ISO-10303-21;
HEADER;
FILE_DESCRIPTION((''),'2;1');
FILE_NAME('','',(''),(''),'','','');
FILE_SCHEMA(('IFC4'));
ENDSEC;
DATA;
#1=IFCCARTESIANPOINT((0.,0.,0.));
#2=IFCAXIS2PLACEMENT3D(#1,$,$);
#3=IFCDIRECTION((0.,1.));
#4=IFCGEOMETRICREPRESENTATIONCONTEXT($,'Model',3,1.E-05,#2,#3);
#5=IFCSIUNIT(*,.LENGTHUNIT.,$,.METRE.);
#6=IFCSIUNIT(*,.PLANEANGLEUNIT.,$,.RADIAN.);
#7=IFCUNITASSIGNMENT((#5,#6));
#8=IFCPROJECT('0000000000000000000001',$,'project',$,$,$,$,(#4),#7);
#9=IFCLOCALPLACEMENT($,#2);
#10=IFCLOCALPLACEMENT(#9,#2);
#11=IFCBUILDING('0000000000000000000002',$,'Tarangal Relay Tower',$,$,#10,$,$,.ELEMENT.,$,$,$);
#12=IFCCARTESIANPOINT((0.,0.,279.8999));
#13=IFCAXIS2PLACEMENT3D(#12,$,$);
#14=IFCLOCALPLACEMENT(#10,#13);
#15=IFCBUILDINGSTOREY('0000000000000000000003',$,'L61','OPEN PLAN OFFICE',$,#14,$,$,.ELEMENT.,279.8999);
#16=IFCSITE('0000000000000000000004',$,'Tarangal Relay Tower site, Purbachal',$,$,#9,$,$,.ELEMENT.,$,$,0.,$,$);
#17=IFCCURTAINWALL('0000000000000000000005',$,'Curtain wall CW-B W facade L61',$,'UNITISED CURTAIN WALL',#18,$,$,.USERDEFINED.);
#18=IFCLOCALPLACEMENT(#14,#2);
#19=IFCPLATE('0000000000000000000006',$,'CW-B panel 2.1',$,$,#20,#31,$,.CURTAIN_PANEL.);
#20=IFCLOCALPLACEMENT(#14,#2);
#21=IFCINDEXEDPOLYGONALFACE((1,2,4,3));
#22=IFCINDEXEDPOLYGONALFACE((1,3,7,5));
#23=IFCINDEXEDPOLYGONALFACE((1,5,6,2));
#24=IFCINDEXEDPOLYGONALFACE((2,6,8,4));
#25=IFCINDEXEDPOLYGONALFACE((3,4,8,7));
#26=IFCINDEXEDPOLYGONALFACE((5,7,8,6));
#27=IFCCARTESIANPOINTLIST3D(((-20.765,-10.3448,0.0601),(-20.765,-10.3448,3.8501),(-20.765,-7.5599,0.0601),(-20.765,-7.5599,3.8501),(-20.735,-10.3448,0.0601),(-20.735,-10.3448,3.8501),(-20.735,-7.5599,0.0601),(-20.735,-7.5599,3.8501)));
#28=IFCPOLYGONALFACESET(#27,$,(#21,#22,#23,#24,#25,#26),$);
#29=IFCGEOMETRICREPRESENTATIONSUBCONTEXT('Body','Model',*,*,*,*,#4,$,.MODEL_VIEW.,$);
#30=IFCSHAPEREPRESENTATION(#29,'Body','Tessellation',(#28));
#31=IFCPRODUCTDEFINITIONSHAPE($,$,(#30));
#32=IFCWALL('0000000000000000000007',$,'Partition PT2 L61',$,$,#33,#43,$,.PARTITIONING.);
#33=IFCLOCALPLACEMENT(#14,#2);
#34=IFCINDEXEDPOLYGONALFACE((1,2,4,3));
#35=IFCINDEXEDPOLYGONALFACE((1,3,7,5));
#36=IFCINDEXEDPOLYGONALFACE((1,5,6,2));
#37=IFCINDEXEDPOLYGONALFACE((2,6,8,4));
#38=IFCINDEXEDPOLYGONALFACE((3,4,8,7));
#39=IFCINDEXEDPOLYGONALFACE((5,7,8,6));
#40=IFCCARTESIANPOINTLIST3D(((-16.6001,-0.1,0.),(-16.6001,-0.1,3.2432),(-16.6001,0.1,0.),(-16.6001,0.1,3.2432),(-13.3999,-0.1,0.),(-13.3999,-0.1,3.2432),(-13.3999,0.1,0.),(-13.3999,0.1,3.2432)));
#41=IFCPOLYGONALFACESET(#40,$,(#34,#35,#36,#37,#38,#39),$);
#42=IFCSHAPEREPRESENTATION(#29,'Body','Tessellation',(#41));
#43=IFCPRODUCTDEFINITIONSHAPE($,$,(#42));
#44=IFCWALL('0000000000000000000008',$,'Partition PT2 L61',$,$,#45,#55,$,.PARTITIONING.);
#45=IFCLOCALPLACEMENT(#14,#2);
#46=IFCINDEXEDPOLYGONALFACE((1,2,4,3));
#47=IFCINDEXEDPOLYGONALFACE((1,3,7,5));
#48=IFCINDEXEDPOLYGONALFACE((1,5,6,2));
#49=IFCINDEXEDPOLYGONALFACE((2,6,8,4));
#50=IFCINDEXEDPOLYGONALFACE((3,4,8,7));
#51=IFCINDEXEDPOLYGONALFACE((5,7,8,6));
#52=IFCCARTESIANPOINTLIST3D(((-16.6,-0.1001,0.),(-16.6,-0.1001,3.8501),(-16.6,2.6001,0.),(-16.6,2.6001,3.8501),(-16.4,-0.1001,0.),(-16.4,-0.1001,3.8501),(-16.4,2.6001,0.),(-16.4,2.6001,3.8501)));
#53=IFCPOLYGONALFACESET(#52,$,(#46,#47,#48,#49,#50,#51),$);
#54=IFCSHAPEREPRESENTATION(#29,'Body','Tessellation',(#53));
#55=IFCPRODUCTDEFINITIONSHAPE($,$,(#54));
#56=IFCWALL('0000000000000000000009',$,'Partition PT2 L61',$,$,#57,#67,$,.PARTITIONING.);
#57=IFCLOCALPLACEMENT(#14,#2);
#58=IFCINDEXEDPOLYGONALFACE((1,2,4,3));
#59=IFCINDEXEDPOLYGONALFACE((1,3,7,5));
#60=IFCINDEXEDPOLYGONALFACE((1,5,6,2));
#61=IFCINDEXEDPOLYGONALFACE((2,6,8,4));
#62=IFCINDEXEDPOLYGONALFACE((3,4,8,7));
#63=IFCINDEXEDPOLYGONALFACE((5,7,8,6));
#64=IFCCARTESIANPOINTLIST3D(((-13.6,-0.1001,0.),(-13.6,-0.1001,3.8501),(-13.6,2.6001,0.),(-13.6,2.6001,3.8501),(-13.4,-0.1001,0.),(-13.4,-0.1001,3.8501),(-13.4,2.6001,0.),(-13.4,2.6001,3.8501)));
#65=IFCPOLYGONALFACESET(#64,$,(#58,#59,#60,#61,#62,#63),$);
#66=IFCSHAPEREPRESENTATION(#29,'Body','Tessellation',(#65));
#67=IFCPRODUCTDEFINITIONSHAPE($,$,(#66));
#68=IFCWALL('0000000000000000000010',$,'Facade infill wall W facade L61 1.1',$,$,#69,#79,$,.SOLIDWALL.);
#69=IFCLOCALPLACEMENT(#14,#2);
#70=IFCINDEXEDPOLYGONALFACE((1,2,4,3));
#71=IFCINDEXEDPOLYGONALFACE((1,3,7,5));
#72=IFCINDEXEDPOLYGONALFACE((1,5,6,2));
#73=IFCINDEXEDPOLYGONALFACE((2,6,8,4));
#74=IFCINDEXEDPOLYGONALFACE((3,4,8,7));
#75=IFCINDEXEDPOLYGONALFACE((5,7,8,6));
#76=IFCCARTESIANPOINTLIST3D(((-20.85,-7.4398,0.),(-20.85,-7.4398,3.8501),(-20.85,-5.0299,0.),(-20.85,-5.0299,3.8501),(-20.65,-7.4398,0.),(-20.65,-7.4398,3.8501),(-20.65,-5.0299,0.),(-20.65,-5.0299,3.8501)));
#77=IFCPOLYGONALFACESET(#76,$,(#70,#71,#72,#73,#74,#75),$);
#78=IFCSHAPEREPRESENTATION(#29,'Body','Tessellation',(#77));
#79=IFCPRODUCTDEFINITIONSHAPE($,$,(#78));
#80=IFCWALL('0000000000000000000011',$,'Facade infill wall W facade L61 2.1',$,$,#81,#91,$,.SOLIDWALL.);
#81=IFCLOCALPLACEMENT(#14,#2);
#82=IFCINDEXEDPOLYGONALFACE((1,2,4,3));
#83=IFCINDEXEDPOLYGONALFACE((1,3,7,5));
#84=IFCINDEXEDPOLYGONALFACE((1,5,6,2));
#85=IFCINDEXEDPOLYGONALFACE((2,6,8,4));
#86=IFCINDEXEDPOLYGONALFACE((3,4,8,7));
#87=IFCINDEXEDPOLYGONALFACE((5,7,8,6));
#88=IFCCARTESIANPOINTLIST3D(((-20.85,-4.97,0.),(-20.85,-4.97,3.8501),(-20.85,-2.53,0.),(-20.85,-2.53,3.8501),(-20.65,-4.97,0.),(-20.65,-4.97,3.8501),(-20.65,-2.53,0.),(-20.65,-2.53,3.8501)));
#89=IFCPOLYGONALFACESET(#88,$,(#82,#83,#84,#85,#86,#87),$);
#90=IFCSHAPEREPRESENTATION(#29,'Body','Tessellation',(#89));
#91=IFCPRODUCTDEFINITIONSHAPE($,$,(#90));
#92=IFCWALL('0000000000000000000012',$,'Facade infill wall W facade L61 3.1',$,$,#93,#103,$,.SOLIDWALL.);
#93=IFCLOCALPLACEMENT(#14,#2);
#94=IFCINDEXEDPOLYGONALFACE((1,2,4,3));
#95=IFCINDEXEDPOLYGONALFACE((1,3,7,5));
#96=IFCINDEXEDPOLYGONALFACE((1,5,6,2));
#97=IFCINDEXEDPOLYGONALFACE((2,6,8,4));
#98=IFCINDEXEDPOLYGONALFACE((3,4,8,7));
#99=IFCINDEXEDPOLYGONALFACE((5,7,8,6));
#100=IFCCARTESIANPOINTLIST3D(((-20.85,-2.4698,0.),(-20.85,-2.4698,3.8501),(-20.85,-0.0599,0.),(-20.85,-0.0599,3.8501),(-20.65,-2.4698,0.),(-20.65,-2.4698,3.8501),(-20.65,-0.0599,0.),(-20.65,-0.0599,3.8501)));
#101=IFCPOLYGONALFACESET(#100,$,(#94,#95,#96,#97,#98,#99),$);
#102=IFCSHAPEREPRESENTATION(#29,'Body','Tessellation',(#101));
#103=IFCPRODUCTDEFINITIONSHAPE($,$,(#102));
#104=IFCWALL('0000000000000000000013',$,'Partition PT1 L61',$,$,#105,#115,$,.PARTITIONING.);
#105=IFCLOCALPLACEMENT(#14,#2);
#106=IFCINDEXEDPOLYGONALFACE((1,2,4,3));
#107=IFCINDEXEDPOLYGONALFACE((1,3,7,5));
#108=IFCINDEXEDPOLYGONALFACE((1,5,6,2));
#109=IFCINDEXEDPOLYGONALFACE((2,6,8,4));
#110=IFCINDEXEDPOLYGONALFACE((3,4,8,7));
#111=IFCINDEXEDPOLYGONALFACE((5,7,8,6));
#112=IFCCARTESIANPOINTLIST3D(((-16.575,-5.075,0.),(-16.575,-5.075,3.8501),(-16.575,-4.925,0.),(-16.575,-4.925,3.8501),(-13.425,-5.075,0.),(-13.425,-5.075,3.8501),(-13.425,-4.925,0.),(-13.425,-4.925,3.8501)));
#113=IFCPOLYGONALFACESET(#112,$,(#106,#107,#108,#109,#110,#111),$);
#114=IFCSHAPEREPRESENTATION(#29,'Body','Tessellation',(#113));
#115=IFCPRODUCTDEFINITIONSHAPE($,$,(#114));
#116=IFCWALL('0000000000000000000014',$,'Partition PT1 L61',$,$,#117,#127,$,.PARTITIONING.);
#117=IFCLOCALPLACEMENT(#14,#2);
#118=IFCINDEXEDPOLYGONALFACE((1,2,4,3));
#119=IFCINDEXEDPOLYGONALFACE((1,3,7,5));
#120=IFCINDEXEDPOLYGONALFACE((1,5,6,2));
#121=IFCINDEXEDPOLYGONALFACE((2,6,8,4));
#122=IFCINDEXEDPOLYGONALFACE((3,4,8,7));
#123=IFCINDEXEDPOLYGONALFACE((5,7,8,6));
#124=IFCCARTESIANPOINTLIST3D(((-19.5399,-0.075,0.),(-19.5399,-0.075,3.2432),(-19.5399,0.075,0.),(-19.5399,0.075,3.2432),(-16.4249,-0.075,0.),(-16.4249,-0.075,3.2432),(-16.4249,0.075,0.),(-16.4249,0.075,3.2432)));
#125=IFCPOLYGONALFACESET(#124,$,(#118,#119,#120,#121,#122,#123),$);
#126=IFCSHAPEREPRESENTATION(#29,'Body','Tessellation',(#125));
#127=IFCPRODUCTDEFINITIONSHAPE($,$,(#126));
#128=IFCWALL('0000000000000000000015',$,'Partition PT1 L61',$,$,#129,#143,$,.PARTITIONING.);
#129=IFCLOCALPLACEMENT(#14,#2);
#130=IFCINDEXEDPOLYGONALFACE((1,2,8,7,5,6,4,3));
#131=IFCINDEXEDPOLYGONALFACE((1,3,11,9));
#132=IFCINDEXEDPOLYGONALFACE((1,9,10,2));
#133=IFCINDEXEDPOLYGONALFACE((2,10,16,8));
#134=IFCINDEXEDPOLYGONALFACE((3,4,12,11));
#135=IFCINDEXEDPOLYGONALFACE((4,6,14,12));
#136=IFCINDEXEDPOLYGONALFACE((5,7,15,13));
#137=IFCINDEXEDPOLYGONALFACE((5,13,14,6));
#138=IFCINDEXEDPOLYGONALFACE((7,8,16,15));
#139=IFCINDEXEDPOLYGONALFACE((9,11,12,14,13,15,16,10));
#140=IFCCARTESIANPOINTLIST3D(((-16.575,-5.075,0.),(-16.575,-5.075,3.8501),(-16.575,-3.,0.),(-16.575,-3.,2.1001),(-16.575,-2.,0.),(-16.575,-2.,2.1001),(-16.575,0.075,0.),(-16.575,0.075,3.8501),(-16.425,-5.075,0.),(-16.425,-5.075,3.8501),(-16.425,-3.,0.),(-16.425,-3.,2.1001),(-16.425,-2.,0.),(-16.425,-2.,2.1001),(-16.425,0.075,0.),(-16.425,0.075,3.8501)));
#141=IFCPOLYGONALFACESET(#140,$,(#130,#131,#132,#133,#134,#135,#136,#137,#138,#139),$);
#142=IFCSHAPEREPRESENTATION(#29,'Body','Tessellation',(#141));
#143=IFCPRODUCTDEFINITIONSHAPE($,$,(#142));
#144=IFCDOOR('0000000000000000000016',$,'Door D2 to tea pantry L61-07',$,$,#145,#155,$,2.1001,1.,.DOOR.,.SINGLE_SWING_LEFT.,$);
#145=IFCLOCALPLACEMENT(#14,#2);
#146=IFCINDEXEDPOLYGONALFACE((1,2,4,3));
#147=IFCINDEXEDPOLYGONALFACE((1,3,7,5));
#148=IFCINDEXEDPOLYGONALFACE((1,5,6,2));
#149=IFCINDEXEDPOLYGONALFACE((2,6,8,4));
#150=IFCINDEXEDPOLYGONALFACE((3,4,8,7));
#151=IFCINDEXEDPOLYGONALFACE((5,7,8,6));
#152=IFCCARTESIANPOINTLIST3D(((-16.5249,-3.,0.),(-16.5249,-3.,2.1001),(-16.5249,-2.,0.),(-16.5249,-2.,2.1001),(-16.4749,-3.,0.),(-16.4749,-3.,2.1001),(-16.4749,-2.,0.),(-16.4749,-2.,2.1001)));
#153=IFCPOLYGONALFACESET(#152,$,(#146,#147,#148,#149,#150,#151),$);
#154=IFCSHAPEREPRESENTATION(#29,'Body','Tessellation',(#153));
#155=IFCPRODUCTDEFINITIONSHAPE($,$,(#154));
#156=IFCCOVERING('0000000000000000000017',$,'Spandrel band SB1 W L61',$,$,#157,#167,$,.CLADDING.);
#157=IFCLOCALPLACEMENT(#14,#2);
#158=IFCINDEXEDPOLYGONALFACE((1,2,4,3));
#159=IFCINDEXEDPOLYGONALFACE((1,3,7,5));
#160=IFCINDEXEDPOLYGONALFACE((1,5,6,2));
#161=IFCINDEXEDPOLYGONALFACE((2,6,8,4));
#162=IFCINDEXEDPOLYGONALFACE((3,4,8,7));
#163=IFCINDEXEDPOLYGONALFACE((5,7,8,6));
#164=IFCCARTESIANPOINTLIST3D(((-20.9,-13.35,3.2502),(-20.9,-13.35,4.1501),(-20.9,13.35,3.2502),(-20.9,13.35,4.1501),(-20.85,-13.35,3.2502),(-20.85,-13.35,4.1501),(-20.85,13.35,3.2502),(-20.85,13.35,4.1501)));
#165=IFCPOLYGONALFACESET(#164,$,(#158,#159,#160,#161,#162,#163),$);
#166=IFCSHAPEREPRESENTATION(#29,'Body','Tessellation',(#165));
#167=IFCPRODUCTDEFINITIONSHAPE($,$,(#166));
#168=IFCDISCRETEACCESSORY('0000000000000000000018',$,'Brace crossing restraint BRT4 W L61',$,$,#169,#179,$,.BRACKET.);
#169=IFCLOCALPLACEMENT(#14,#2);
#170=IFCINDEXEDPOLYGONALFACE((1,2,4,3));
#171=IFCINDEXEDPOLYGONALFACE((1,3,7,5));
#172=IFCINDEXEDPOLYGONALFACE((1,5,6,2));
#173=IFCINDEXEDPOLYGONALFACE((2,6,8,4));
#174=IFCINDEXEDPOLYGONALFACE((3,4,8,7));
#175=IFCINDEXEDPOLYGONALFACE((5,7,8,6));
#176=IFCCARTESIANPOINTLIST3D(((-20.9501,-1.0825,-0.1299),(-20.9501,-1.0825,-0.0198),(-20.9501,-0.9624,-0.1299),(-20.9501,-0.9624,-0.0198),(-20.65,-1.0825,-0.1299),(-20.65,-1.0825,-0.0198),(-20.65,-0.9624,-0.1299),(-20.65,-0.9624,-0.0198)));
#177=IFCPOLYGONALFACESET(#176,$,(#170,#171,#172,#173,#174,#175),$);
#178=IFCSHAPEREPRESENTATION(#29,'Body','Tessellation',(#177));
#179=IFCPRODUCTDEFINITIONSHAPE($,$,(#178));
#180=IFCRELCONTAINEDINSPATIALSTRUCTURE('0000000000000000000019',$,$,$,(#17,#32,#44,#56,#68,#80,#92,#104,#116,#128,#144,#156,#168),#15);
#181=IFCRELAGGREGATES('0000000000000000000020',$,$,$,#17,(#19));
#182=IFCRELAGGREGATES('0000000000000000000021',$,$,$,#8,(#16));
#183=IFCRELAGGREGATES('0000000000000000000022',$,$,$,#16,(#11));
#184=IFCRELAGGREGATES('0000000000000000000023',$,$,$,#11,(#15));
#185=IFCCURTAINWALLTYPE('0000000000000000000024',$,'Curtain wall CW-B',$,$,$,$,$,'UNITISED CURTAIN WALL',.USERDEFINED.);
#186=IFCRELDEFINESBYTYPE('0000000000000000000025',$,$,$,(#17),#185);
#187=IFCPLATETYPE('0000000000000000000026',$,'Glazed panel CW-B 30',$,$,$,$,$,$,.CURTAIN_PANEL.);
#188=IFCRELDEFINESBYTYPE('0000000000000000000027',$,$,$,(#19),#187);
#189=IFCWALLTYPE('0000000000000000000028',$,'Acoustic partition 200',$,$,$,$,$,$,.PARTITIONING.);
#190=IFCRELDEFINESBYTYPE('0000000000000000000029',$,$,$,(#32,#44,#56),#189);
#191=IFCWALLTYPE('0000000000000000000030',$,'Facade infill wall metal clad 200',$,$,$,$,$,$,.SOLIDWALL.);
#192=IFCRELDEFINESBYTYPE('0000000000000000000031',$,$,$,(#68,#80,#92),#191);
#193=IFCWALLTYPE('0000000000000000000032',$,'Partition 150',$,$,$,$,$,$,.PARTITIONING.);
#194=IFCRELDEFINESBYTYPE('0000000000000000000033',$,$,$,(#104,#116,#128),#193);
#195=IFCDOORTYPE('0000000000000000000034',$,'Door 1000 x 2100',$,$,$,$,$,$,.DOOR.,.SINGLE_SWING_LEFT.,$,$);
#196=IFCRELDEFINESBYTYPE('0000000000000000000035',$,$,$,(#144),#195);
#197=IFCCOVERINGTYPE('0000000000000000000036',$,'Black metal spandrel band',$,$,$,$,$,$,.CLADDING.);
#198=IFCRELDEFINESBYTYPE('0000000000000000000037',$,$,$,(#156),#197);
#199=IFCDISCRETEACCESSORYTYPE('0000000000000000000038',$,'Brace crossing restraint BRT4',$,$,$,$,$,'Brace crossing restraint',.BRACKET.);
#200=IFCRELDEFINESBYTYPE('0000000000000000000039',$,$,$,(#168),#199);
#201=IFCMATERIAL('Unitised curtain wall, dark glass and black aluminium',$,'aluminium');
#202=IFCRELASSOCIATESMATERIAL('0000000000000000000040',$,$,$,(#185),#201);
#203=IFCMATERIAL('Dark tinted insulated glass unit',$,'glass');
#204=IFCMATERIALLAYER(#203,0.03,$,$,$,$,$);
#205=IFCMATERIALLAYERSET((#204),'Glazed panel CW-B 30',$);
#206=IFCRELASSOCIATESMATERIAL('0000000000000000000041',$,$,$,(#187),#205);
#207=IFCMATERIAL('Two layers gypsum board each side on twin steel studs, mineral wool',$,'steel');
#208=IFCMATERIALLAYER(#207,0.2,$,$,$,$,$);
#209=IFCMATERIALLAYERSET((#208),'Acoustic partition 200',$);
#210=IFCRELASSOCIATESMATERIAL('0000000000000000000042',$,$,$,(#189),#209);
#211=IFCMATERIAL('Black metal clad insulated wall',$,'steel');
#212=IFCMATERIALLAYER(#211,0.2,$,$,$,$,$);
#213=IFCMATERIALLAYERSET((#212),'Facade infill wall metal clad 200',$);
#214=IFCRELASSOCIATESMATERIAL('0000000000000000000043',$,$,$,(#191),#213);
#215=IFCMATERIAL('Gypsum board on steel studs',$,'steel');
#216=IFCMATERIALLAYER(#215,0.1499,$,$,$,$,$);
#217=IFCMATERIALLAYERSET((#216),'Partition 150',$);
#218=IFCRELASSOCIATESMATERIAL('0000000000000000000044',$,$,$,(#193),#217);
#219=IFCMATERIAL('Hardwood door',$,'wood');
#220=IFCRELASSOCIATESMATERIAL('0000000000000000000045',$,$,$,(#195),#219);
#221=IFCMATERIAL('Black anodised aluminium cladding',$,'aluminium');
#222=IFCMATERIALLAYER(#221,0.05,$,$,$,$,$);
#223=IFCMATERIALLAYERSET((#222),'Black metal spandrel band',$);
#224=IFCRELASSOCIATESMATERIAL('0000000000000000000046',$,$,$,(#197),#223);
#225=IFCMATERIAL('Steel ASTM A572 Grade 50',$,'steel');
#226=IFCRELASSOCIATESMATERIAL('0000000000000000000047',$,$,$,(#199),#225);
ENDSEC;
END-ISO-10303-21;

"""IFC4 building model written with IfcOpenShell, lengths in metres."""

from ifc_helpers import new_model, si_unit, direction, frame, frame_2d, origin, origin_2d, place, context, subcontext, project, spatial, rectangle, extrude, material, layer, layer_set, type_object, element, fill, aggregate, save


model = new_model("IFC4")

# Units and contexts
model_context = context("Model", 3, precision=1e-05, world=origin(), true_north=direction((0.0, 1.0)))
body_context = subcontext(model_context, "Body", "Model", "MODEL_VIEW")
ifc_project = project(units=[si_unit("LENGTHUNIT", "METRE"), si_unit("PLANEANGLEUNIT", "RADIAN")], contexts=[model_context])

# Site, building, storey
site_placement = place(None, origin())
site = spatial("IfcSite", under=ifc_project, at=site_placement, Name="Tarangal Relay Tower site, Purbachal", CompositionType="ELEMENT", RefElevation=0.0)
building_placement = place(site_placement, origin())
building = spatial("IfcBuilding", under=site, at=building_placement, Name="Tarangal Relay Tower", CompositionType="ELEMENT")
storey_placement = place(building_placement, frame((0.0, 0.0, 279.8999)))
storey = spatial("IfcBuildingStorey", under=building, at=storey_placement, Name="L61", Description="OPEN PLAN OFFICE", CompositionType="ELEMENT", Elevation=279.8999)

# Shared definitions
ifc_material_1 = material(Name="Steel ASTM A572 Grade 50", Category="steel")

# Curtain wall
ifc_material_2 = material(Name="Unitised curtain wall, dark glass and black aluminium", Category="aluminium")
curtain_wall_type_1 = type_object("IfcCurtainWallType", Name="Curtain wall CW-B", ElementType="UNITISED CURTAIN WALL", PredefinedType="USERDEFINED", material=ifc_material_2)
curtain_wall_1_placement = place(storey_placement, origin())
curtain_wall_1 = element("IfcCurtainWall", 1, at=curtain_wall_1_placement, inside=storey, type_object=curtain_wall_type_1, Name="Curtain wall CW-B W facade L61", ObjectType="UNITISED CURTAIN WALL", PredefinedType="USERDEFINED")

# Plate
ifc_material_3 = material(Name="Dark tinted insulated glass unit", Category="glass")
ifc_layer_1 = layer(ifc_material_3, 0.03)
ifc_layer_set_1 = layer_set([ifc_layer_1], Name="Glazed panel CW-B 30")
plate_type = type_object("IfcPlateType", Name="Glazed panel CW-B 30", PredefinedType="CURTAIN_PANEL", material=ifc_layer_set_1)
plate_placement = place(storey_placement, frame((-20.75, -8.9524, 0.0601), z_axis=(0.0, 0.0, 1.0), x_axis=(0.0, 1.0, 0.0)))
plate = element("IfcPlate", 2, at=plate_placement, type_object=plate_type, Name="CW-B panel 2.1", PredefinedType="CURTAIN_PANEL", context=body_context, shape_type="SweptSolid", body=[
    extrude(rectangle(XDim=2.7849, YDim=0.03, at=origin_2d()), origin(), (0.0, 0.0, 1.0), 3.79),
])
aggregate(curtain_wall_1, [plate])

# Walls
ifc_material_4 = material(Name="Two layers gypsum board each side on twin steel studs, mineral wool", Category="steel")
ifc_layer_2 = layer(ifc_material_4, 0.2)
ifc_layer_set_2 = layer_set([ifc_layer_2], Name="Acoustic partition 200")
wall_type_1 = type_object("IfcWallType", Name="Acoustic partition 200", PredefinedType="PARTITIONING", material=ifc_layer_set_2)
wall_1_placement = place(storey_placement, frame((-16.6001, 0.0, 0.0), z_axis=(0.0, 0.0, 1.0), x_axis=(1.0, 0.0, 0.0)))
element("IfcWall", 3, at=wall_1_placement, inside=storey, type_object=wall_type_1, Name="Partition PT2 L61", PredefinedType="PARTITIONING", context=body_context, shape_type="SweptSolid", body=[
    extrude(rectangle(XDim=3.2002, YDim=0.2, at=frame_2d((1.6001, 0.0))), origin(), (0.0, 0.0, 1.0), 3.2432),
])
for number, where, z_axis, x_axis, name in (
    (4, (-16.5, -0.1001, 0.0), (0.0, 0.0, 1.0), (0.0, 1.0, 0.0), "Partition PT2 L61"),
    (5, (-13.5, -0.1001, 0.0), (0.0, 0.0, 1.0), (0.0, 1.0, 0.0), "Partition PT2 L61"),
):
    element("IfcWall", number, at=place(storey_placement, frame(where, z_axis=z_axis, x_axis=x_axis)), inside=storey, type_object=wall_type_1, Name=name, PredefinedType="PARTITIONING", context=body_context, shape_type="SweptSolid", body=[
        extrude(rectangle(XDim=2.7002, YDim=0.2, at=frame_2d((1.3501, 0.0))), origin(), (0.0, 0.0, 1.0), 3.8501),
    ])
ifc_material_5 = material(Name="Black metal clad insulated wall", Category="steel")
ifc_layer_3 = layer(ifc_material_5, 0.2)
ifc_layer_set_3 = layer_set([ifc_layer_3], Name="Facade infill wall metal clad 200")
wall_type_2 = type_object("IfcWallType", Name="Facade infill wall metal clad 200", PredefinedType="SOLIDWALL", material=ifc_layer_set_3)
wall_2_placement = place(storey_placement, frame((-20.75, -7.4399, 0.0), z_axis=(0.0, 0.0, 1.0), x_axis=(0.0, 1.0, 0.0)))
element("IfcWall", 6, at=wall_2_placement, inside=storey, type_object=wall_type_2, Name="Facade infill wall W facade L61 1.1", PredefinedType="SOLIDWALL", context=body_context, shape_type="SweptSolid", body=[
    extrude(rectangle(XDim=2.4099, YDim=0.2, at=frame_2d((1.2051, 0.0))), origin(), (0.0, 0.0, 1.0), 3.8501),
])
wall_3_placement = place(storey_placement, frame((-20.75, -4.97, 0.0), z_axis=(0.0, 0.0, 1.0), x_axis=(0.0, 1.0, 0.0)))
element("IfcWall", 7, at=wall_3_placement, inside=storey, type_object=wall_type_2, Name="Facade infill wall W facade L61 2.1", PredefinedType="SOLIDWALL", context=body_context, shape_type="SweptSolid", body=[
    extrude(rectangle(XDim=2.4399, YDim=0.2, at=frame_2d((1.22, 0.0))), origin(), (0.0, 0.0, 1.0), 3.8501),
])
wall_4_placement = place(storey_placement, frame((-20.75, -2.47, 0.0), z_axis=(0.0, 0.0, 1.0), x_axis=(0.0, 1.0, 0.0)))
element("IfcWall", 8, at=wall_4_placement, inside=storey, type_object=wall_type_2, Name="Facade infill wall W facade L61 3.1", PredefinedType="SOLIDWALL", context=body_context, shape_type="SweptSolid", body=[
    extrude(rectangle(XDim=2.4099, YDim=0.2, at=frame_2d((1.2051, 0.0))), origin(), (0.0, 0.0, 1.0), 3.8501),
])
ifc_material_6 = material(Name="Gypsum board on steel studs", Category="steel")
ifc_layer_4 = layer(ifc_material_6, 0.1499)
ifc_layer_set_4 = layer_set([ifc_layer_4], Name="Partition 150")
wall_type_3 = type_object("IfcWallType", Name="Partition 150", PredefinedType="PARTITIONING", material=ifc_layer_set_4)
wall_5_placement = place(storey_placement, frame((-16.575, -5.0, 0.0), z_axis=(0.0, 0.0, 1.0), x_axis=(1.0, 0.0, 0.0)))
element("IfcWall", 9, at=wall_5_placement, inside=storey, type_object=wall_type_3, Name="Partition PT1 L61", PredefinedType="PARTITIONING", context=body_context, shape_type="SweptSolid", body=[
    extrude(rectangle(XDim=3.1499, YDim=0.1499, at=frame_2d((1.575, 0.0))), origin(), (0.0, 0.0, 1.0), 3.8501),
])
wall_6_placement = place(storey_placement, frame((-19.54, 0.0, 0.0), z_axis=(0.0, 0.0, 1.0), x_axis=(1.0, 0.0, 0.0)))
element("IfcWall", 10, at=wall_6_placement, inside=storey, type_object=wall_type_3, Name="Partition PT1 L61", PredefinedType="PARTITIONING", context=body_context, shape_type="SweptSolid", body=[
    extrude(rectangle(XDim=3.115, YDim=0.1499, at=frame_2d((1.5576, 0.0))), origin(), (0.0, 0.0, 1.0), 3.2432),
])

# Wall, opening, door
wall_7_placement = place(storey_placement, frame((-16.5, -5.075, 0.0), z_axis=(0.0, 0.0, 1.0), x_axis=(0.0, 1.0, 0.0)))
wall_7 = element("IfcWall", 11, at=wall_7_placement, inside=storey, type_object=wall_type_3, Name="Partition PT1 L61", PredefinedType="PARTITIONING", context=body_context, shape_type="SweptSolid", body=[
    extrude(rectangle(XDim=5.1499, YDim=0.1499, at=frame_2d((2.575, 0.0))), origin(), (0.0, 0.0, 1.0), 3.8501),
])
opening_placement = place(wall_7_placement, frame((2.075, 0.0, 0.0)))
opening = element("IfcOpeningElement", 12, at=opening_placement, cuts=wall_7, PredefinedType="OPENING", context=body_context, shape_type="SweptSolid", body=[
    extrude(rectangle(XDim=1.0, YDim=2.1001, at=frame_2d((0.5, 1.05))), frame((0.0, 0.085, 0.0), z_axis=(0.0, -1.0, 0.0), x_axis=(1.0, 0.0, 0.0)), (0.0, 0.0, 1.0), 0.1699),
])
ifc_material_7 = material(Name="Hardwood door", Category="wood")
door_type = type_object("IfcDoorType", Name="Door 1000 x 2100", OperationType="SINGLE_SWING_LEFT", PredefinedType="DOOR", material=ifc_material_7)
door_placement = place(opening_placement, origin())
door = element("IfcDoor", 13, at=door_placement, inside=storey, type_object=door_type, Name="Door D2 to tea pantry L61-07", OperationType="SINGLE_SWING_LEFT", OverallHeight=2.1001, OverallWidth=1.0, PredefinedType="DOOR", context=body_context, shape_type="SweptSolid", body=[
    extrude(rectangle(XDim=1.0, YDim=2.1001, at=frame_2d((0.5, 1.05))), frame((0.0, 0.0249, 0.0), z_axis=(0.0, -1.0, 0.0), x_axis=(1.0, 0.0, 0.0)), (0.0, 0.0, 1.0), 0.05),
])
fill(opening, door)

# Covering
ifc_material_8 = material(Name="Black anodised aluminium cladding", Category="aluminium")
ifc_layer_5 = layer(ifc_material_8, 0.05)
ifc_layer_set_5 = layer_set([ifc_layer_5], Name="Black metal spandrel band")
covering_type = type_object("IfcCoveringType", Name="Black metal spandrel band", PredefinedType="CLADDING", material=ifc_layer_set_5)
covering_placement = place(storey_placement, frame((-20.875, 0.0, 3.2502), z_axis=(0.0, 0.0, 1.0), x_axis=(0.0, 1.0, 0.0)))
element("IfcCovering", 14, at=covering_placement, inside=storey, type_object=covering_type, Name="Spandrel band SB1 W L61", PredefinedType="CLADDING", context=body_context, shape_type="SweptSolid", body=[
    extrude(rectangle(XDim=26.7, YDim=0.05, at=origin_2d()), origin(), (0.0, 0.0, 1.0), 0.8999),
])

# Discrete accessory
discrete_accessory_type = type_object("IfcDiscreteAccessoryType", Name="Brace crossing restraint BRT4", ElementType="Brace crossing restraint", PredefinedType="BRACKET", material=ifc_material_1)
discrete_accessory_placement = place(storey_placement, frame((-20.8, -1.0225, -0.1299), z_axis=(0.0, 0.0, 1.0), x_axis=(1.0, 0.0, 0.0)))
element("IfcDiscreteAccessory", 15, at=discrete_accessory_placement, inside=storey, type_object=discrete_accessory_type, Name="Brace crossing restraint BRT4 W L61", PredefinedType="BRACKET", context=body_context, shape_type="SweptSolid", body=[
    extrude(rectangle(XDim=0.3, YDim=0.1201, at=origin_2d()), origin(), (0.0, 0.0, 1.0), 0.1101),
])

save(model, "model.ifc")
